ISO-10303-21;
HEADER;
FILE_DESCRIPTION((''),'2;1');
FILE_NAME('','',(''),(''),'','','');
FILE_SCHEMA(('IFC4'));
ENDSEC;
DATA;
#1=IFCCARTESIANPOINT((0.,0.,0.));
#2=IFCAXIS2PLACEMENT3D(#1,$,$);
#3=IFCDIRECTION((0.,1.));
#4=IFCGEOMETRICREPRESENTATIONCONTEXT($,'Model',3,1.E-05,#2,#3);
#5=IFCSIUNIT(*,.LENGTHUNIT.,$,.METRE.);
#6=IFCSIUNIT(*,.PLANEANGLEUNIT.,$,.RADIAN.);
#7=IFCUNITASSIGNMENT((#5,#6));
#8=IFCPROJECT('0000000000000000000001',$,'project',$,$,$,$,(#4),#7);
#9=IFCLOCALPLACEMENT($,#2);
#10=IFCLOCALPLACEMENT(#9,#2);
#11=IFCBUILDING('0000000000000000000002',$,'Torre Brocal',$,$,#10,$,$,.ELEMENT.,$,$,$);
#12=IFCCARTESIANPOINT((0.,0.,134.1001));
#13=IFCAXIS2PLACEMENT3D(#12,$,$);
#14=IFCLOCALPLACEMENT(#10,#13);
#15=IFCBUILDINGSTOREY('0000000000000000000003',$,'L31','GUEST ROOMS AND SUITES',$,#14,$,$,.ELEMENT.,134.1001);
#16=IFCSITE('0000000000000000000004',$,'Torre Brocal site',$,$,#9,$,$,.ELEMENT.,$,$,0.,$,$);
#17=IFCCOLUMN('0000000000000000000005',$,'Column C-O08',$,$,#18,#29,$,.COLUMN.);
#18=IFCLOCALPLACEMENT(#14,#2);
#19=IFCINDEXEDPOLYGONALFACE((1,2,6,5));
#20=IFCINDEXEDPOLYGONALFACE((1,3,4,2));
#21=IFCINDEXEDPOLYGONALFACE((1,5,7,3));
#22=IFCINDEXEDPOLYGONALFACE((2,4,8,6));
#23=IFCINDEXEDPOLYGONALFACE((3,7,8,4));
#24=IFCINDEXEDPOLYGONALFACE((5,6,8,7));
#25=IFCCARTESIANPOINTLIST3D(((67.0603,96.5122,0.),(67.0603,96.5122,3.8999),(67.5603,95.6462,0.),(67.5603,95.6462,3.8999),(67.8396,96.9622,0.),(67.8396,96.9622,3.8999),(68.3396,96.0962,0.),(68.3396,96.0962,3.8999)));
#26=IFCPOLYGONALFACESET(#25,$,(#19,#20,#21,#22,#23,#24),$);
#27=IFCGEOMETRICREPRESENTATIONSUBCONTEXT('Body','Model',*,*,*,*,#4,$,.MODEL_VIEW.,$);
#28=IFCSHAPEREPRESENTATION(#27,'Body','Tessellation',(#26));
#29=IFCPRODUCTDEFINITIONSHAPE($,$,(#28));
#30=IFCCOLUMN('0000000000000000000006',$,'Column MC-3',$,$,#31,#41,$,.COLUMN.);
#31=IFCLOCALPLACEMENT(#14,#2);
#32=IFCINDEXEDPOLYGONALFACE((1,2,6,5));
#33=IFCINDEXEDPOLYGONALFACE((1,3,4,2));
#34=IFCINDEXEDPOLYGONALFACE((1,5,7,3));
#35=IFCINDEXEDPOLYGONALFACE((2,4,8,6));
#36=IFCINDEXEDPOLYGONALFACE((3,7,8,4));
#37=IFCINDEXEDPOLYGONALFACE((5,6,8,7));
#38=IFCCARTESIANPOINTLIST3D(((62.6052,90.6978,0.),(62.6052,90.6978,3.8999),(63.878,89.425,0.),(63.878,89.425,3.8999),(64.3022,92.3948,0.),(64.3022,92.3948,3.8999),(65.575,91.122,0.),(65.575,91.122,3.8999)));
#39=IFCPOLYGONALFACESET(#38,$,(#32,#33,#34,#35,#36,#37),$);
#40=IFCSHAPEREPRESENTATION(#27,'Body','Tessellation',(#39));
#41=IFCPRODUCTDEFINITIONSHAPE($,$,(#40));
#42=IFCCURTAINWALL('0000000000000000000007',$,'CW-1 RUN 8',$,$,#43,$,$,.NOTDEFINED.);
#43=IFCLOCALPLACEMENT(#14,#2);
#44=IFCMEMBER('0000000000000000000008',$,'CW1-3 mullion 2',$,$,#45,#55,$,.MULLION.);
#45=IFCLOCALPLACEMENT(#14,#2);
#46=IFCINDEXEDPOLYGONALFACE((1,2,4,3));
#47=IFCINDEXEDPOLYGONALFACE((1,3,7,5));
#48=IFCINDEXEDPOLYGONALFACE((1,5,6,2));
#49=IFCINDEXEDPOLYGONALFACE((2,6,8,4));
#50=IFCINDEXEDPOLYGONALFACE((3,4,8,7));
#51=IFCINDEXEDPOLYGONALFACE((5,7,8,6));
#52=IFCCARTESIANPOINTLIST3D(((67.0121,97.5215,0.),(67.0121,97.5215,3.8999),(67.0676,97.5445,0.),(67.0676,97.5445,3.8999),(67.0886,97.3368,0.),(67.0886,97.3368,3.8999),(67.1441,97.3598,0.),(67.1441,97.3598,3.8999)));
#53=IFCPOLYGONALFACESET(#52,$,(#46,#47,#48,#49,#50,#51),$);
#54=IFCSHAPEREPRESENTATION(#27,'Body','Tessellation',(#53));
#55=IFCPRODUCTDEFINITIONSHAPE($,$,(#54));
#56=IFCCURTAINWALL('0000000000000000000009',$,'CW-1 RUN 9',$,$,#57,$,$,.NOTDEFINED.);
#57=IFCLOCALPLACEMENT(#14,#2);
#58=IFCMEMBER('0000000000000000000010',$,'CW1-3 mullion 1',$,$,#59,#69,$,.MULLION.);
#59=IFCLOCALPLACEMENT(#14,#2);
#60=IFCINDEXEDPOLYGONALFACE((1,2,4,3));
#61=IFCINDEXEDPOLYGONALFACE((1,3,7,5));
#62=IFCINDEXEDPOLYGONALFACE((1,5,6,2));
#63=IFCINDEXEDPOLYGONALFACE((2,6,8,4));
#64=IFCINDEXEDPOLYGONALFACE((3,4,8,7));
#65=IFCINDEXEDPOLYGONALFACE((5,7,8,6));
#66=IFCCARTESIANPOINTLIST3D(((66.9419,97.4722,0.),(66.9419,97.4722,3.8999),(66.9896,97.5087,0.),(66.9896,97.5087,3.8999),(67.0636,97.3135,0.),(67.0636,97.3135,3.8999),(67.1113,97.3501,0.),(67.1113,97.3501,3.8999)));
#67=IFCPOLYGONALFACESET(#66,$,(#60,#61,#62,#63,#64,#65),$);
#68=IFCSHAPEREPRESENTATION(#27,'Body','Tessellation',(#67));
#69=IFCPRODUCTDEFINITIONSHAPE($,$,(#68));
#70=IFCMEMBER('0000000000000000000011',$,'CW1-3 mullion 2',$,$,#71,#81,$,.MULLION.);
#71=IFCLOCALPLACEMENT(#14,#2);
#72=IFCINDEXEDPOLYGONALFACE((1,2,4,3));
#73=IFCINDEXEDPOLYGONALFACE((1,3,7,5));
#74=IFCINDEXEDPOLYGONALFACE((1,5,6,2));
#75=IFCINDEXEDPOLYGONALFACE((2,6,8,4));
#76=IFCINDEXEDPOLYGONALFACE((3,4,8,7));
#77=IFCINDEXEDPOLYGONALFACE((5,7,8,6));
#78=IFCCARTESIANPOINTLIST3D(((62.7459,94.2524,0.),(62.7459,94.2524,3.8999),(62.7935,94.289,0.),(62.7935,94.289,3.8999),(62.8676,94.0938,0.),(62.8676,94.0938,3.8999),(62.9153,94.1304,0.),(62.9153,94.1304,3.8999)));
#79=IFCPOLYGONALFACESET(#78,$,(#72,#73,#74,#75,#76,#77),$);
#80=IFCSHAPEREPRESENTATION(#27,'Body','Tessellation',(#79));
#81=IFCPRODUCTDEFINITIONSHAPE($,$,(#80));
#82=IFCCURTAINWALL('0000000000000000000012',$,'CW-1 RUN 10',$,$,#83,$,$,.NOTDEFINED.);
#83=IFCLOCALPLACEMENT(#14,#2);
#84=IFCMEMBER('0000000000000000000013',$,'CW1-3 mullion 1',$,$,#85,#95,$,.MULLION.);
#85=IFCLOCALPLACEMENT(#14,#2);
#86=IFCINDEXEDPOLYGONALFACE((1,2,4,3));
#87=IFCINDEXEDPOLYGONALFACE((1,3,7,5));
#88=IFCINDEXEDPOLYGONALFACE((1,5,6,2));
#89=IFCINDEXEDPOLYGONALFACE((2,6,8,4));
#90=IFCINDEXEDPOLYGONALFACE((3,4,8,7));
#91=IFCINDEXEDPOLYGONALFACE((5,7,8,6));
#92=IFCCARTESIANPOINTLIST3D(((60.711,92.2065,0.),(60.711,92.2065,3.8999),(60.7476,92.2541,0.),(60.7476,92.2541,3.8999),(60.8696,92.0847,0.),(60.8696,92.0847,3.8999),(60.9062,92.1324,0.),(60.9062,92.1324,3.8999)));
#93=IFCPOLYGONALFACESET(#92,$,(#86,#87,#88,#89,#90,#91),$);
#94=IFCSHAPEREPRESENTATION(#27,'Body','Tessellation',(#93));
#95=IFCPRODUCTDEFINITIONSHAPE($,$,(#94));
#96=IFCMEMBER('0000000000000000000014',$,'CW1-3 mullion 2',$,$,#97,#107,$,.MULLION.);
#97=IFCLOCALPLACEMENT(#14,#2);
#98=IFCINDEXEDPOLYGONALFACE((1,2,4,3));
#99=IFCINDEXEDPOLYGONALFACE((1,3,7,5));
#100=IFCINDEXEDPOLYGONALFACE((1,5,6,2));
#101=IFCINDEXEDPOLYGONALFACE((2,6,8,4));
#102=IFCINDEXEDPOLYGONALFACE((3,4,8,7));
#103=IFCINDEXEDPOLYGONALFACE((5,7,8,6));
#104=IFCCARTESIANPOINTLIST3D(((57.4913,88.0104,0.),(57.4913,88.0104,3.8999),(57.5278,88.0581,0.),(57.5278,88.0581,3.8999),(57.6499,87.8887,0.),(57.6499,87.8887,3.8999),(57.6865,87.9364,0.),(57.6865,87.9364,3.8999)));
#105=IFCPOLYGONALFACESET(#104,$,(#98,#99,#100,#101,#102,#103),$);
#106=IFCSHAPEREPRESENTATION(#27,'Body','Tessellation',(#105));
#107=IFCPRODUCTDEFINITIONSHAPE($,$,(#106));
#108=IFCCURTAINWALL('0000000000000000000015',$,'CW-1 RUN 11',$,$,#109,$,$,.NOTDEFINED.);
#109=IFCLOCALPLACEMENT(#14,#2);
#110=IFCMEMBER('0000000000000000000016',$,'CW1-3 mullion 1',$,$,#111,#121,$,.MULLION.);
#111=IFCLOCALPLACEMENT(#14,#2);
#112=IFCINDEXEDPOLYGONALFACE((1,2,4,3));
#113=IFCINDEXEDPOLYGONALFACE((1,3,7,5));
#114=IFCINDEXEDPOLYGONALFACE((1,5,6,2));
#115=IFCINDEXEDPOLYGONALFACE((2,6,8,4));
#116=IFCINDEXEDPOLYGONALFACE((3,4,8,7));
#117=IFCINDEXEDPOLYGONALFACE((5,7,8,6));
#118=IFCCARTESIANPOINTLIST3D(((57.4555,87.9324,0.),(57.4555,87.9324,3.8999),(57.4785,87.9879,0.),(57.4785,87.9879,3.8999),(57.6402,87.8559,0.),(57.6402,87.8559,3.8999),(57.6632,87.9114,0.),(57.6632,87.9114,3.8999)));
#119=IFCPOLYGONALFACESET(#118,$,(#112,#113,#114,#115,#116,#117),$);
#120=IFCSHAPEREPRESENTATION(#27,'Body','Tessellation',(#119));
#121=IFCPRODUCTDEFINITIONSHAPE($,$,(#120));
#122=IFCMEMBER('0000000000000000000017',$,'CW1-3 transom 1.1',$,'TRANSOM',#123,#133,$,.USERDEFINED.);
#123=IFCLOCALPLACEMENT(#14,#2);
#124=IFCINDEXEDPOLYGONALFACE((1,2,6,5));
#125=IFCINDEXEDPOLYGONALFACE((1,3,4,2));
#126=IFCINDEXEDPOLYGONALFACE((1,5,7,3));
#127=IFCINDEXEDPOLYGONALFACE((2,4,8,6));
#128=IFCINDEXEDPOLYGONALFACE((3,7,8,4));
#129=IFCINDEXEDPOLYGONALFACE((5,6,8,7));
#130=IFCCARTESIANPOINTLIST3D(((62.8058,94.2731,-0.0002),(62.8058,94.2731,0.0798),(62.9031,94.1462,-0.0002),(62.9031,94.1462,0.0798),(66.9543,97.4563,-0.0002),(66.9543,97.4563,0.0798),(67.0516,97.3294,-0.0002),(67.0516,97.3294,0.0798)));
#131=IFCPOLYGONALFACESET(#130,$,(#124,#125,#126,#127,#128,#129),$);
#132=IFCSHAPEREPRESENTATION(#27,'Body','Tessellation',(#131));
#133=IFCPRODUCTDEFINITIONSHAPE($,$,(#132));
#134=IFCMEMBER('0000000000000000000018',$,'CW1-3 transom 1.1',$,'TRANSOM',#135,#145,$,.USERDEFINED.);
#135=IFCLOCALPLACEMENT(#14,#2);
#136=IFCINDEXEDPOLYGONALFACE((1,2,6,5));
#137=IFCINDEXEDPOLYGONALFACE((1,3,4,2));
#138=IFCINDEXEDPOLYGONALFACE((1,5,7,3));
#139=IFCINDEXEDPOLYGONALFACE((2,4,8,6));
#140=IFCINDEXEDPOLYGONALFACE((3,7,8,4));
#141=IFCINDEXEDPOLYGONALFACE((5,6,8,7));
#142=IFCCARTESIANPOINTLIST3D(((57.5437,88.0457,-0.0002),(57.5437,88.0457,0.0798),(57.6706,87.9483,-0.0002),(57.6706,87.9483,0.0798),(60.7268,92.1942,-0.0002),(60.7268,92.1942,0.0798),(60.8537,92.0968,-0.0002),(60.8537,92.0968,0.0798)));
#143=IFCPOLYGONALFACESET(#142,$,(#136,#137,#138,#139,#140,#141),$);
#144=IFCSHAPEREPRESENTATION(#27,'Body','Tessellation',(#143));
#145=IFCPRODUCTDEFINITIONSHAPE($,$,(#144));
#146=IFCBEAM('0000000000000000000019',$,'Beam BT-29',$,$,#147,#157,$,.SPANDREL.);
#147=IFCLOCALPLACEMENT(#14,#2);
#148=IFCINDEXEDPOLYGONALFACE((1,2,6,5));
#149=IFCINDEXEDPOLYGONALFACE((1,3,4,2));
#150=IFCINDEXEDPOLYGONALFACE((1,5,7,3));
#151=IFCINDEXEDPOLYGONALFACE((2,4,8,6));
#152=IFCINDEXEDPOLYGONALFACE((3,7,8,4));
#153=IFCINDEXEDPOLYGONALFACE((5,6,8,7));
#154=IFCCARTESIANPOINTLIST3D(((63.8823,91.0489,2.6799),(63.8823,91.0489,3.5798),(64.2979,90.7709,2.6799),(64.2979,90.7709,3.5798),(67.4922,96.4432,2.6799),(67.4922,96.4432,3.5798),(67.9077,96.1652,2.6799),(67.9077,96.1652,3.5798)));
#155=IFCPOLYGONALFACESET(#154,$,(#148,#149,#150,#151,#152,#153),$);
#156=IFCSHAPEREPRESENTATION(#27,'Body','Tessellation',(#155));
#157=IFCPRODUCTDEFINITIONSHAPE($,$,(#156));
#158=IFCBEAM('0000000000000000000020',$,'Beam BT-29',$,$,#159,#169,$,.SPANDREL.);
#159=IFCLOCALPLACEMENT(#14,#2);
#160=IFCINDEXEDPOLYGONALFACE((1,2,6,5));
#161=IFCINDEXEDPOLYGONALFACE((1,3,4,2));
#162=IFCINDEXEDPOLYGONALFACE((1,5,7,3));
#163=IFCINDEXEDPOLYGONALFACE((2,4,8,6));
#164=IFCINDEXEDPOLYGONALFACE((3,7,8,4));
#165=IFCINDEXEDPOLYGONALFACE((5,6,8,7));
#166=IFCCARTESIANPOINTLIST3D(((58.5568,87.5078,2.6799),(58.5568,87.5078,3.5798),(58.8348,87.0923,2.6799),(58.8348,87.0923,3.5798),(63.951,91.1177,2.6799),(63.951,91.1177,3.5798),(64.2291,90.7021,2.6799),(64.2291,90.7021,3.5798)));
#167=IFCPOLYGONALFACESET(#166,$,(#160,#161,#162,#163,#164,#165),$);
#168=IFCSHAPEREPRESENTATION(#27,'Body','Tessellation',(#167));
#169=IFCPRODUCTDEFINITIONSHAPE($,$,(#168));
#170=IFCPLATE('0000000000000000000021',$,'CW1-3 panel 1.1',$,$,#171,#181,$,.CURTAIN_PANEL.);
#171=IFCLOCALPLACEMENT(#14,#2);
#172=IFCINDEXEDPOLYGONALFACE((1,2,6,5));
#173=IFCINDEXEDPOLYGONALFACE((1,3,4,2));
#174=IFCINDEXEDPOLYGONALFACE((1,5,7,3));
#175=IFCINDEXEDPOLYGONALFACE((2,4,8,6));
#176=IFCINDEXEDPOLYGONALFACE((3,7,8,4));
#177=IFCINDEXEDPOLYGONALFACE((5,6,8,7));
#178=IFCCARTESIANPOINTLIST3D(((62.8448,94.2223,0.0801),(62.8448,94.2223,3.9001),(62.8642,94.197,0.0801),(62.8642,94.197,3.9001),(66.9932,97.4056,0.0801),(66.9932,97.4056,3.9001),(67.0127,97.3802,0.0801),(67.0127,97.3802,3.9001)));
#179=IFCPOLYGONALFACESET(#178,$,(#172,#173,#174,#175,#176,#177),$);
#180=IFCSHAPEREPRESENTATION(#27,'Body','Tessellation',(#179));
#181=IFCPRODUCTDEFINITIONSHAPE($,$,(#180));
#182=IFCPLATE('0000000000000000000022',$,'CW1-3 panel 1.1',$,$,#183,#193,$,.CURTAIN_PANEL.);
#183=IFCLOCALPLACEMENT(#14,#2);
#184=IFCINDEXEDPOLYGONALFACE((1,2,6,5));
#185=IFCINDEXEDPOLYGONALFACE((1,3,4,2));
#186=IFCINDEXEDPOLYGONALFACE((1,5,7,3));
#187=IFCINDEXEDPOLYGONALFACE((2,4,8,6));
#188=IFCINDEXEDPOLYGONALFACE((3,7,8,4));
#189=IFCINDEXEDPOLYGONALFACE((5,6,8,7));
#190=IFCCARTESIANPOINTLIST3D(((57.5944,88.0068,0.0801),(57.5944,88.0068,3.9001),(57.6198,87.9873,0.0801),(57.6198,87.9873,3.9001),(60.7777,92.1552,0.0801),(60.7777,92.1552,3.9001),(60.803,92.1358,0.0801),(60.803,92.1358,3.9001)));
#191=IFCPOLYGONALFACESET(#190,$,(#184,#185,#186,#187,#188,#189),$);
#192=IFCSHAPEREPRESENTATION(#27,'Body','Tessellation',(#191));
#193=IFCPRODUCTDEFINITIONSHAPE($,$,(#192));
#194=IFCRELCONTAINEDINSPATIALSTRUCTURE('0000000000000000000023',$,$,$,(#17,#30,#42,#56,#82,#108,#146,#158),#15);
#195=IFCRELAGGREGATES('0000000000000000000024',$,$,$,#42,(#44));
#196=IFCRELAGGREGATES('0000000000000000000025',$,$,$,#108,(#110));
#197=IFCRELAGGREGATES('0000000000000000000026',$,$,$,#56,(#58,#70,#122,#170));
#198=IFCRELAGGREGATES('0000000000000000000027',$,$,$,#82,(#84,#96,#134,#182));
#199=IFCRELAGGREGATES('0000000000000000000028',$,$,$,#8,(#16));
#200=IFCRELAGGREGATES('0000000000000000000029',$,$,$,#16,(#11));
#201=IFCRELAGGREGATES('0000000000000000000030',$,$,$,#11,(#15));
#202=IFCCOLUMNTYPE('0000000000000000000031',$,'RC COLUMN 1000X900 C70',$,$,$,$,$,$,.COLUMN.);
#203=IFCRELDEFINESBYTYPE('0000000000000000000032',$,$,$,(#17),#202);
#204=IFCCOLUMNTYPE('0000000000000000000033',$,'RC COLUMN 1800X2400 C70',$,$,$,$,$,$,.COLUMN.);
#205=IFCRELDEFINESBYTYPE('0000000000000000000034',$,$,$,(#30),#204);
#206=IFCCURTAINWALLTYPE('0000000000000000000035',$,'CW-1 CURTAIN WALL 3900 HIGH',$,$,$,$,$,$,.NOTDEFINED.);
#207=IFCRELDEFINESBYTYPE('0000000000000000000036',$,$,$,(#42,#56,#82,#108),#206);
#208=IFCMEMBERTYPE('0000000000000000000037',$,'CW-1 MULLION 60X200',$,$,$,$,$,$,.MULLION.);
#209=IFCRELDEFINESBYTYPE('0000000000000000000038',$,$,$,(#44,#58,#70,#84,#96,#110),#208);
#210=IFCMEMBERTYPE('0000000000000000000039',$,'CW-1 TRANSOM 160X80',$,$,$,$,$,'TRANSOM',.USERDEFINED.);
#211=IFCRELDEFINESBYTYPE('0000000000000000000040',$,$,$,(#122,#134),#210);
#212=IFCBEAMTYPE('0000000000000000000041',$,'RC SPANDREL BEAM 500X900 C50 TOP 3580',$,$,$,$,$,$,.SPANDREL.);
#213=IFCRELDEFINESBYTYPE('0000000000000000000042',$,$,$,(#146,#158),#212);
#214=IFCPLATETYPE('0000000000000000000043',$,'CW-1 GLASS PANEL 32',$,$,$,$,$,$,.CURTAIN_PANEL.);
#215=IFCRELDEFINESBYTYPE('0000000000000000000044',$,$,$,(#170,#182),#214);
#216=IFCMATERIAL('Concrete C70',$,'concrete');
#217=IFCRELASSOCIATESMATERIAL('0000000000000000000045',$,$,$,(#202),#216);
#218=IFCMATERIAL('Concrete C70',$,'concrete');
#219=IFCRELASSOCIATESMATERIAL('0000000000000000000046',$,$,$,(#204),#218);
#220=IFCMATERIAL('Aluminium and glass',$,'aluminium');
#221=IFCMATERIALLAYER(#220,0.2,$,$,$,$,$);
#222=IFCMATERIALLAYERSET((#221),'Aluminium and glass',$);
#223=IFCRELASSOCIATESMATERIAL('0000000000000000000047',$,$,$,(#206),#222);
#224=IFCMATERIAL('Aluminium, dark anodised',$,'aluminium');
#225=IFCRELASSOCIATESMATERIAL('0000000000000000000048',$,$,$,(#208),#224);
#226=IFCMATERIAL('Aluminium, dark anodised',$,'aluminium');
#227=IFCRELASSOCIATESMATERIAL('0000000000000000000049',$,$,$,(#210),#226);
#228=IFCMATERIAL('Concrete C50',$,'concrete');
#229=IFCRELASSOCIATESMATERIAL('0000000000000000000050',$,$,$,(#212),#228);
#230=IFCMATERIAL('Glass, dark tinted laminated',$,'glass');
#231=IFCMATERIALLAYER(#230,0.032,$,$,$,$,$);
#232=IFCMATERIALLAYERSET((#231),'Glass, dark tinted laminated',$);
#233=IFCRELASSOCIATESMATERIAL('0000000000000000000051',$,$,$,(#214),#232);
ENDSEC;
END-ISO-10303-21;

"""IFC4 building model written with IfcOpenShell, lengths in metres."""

from ifc_helpers import new_model, si_unit, direction, frame, origin, origin_2d, place, context, subcontext, project, spatial, rectangle, extrude, material, layer, layer_set, material_profile, profile_set, type_object, element, aggregate, save


model = new_model("IFC4")

# Units and contexts
model_context = context("Model", 3, precision=1e-05, world=origin(), true_north=direction((0.0, 1.0)))
body_context = subcontext(model_context, "Body", "Model", "MODEL_VIEW")
ifc_project = project(units=[si_unit("LENGTHUNIT", "METRE"), si_unit("PLANEANGLEUNIT", "RADIAN")], contexts=[model_context])

# Site, building, storey
site_placement = place(None, origin())
site = spatial("IfcSite", under=ifc_project, at=site_placement, Name="Torre Brocal site", CompositionType="ELEMENT", RefElevation=0.0)
building_placement = place(site_placement, origin())
building = spatial("IfcBuilding", under=site, at=building_placement, Name="Torre Brocal", CompositionType="ELEMENT")
storey_placement = place(building_placement, frame((0.0, 0.0, 134.1001)))
storey = spatial("IfcBuildingStorey", under=building, at=storey_placement, Name="L31", Description="GUEST ROOMS AND SUITES", CompositionType="ELEMENT", Elevation=134.1001)

# Columns
ifc_material_1 = material(Name="Concrete C70", Category="concrete")
ifc_material_profile_1 = material_profile(ifc_material_1, rectangle(XDim=1.0, YDim=0.8999, at=origin_2d()), Name="RC 1000X900")
ifc_profile_set_1 = profile_set([ifc_material_profile_1], Name="Concrete C70")
column_type_1 = type_object("IfcColumnType", Name="RC COLUMN 1000X900 C70", PredefinedType="COLUMN", material=ifc_profile_set_1)
column_1_placement = place(storey_placement, frame((67.7, 96.3042, 0.0), z_axis=(0.0, 0.0, 1.0), x_axis=(-0.5, 0.866025, 0.0)))
element("IfcColumn", 1, at=column_1_placement, inside=storey, type_object=column_type_1, Name="Column C-O08", PredefinedType="COLUMN", context=body_context, shape_type="SweptSolid", body=[
    extrude(rectangle(XDim=1.0, YDim=0.8999, at=origin_2d()), origin(), (0.0, 0.0, 1.0), 3.8999),
])
ifc_material_2 = material(Name="Concrete C70", Category="concrete")
ifc_material_profile_2 = material_profile(ifc_material_2, rectangle(XDim=1.8, YDim=2.3999, at=origin_2d()), Name="RC 1800X2400")
ifc_profile_set_2 = profile_set([ifc_material_profile_2], Name="Concrete C70")
column_type_2 = type_object("IfcColumnType", Name="RC COLUMN 1800X2400 C70", PredefinedType="COLUMN", material=ifc_profile_set_2)
column_2_placement = place(storey_placement, frame((64.0901, 90.9099, 0.0), z_axis=(0.0, 0.0, 1.0), x_axis=(-0.707107, 0.707107, 0.0)))
element("IfcColumn", 2, at=column_2_placement, inside=storey, type_object=column_type_2, Name="Column MC-3", PredefinedType="COLUMN", context=body_context, shape_type="SweptSolid", body=[
    extrude(rectangle(XDim=1.8, YDim=2.3999, at=origin_2d()), origin(), (0.0, 0.0, 1.0), 3.8999),
])

# Curtain wall, member
ifc_material_3 = material(Name="Aluminium and glass", Category="aluminium")
ifc_layer_1 = layer(ifc_material_3, 0.2)
ifc_layer_set_1 = layer_set([ifc_layer_1], Name="Aluminium and glass")
curtain_wall_type = type_object("IfcCurtainWallType", Name="CW-1 CURTAIN WALL 3900 HIGH", PredefinedType="NOTDEFINED", material=ifc_layer_set_1)
curtain_wall_1_placement = place(storey_placement, origin())
curtain_wall_1 = element("IfcCurtainWall", 3, at=curtain_wall_1_placement, inside=storey, type_object=curtain_wall_type, Name="CW-1 RUN 8", PredefinedType="NOTDEFINED")
ifc_material_4 = material(Name="Aluminium, dark anodised", Category="aluminium")
ifc_material_profile_3 = material_profile(ifc_material_4, rectangle(XDim=0.2, YDim=0.0601, at=origin_2d()), Name="CW-1 MULLION 60X200")
ifc_profile_set_3 = profile_set([ifc_material_profile_3], Name="Aluminium, dark anodised")
member_type_1 = type_object("IfcMemberType", Name="CW-1 MULLION 60X200", PredefinedType="MULLION", material=ifc_profile_set_3)
member_1_placement = place(storey_placement, frame((67.0781, 97.4407, 0.0), z_axis=(0.0, 0.0, 1.0), x_axis=(0.382683, -0.92388, 0.0)))
member_1 = element("IfcMember", 4, at=member_1_placement, type_object=member_type_1, Name="CW1-3 mullion 2", PredefinedType="MULLION", context=body_context, shape_type="SweptSolid", body=[
    extrude(rectangle(XDim=0.2, YDim=0.0601, at=origin_2d()), origin(), (0.0, 0.0, 1.0), 3.8999),
])
aggregate(curtain_wall_1, [member_1])

# Curtain walls, members
curtain_wall_2_placement = place(storey_placement, origin())
curtain_wall_2 = element("IfcCurtainWall", 5, at=curtain_wall_2_placement, inside=storey, type_object=curtain_wall_type, Name="CW-1 RUN 9", PredefinedType="NOTDEFINED")
member_2_placement = place(storey_placement, frame((67.0266, 97.4111, 0.0), z_axis=(0.0, 0.0, 1.0), x_axis=(0.608761, -0.793353, 0.0)))
member_2 = element("IfcMember", 6, at=member_2_placement, type_object=member_type_1, Name="CW1-3 mullion 1", PredefinedType="MULLION", context=body_context, shape_type="SweptSolid", body=[
    extrude(rectangle(XDim=0.2, YDim=0.0601, at=origin_2d()), origin(), (0.0, 0.0, 1.0), 3.8999),
])
member_3_placement = place(storey_placement, frame((62.8306, 94.1914, 0.0), z_axis=(0.0, 0.0, 1.0), x_axis=(0.608761, -0.793353, 0.0)))
member_3 = element("IfcMember", 7, at=member_3_placement, type_object=member_type_1, Name="CW1-3 mullion 2", PredefinedType="MULLION", context=body_context, shape_type="SweptSolid", body=[
    extrude(rectangle(XDim=0.2, YDim=0.0601, at=origin_2d()), origin(), (0.0, 0.0, 1.0), 3.8999),
])
curtain_wall_3_placement = place(storey_placement, origin())
curtain_wall_3 = element("IfcCurtainWall", 8, at=curtain_wall_3_placement, inside=storey, type_object=curtain_wall_type, Name="CW-1 RUN 10", PredefinedType="NOTDEFINED")
member_4_placement = place(storey_placement, frame((60.8086, 92.1694, 0.0), z_axis=(0.0, 0.0, 1.0), x_axis=(0.793353, -0.608761, 0.0)))
member_4 = element("IfcMember", 9, at=member_4_placement, type_object=member_type_1, Name="CW1-3 mullion 1", PredefinedType="MULLION", context=body_context, shape_type="SweptSolid", body=[
    extrude(rectangle(XDim=0.2, YDim=0.0601, at=origin_2d()), origin(), (0.0, 0.0, 1.0), 3.8999),
])
member_5_placement = place(storey_placement, frame((57.5889, 87.9734, 0.0), z_axis=(0.0, 0.0, 1.0), x_axis=(0.793353, -0.608761, 0.0)))
member_5 = element("IfcMember", 10, at=member_5_placement, type_object=member_type_1, Name="CW1-3 mullion 2", PredefinedType="MULLION", context=body_context, shape_type="SweptSolid", body=[
    extrude(rectangle(XDim=0.2, YDim=0.0601, at=origin_2d()), origin(), (0.0, 0.0, 1.0), 3.8999),
])

# Curtain wall, member
curtain_wall_4_placement = place(storey_placement, origin())
curtain_wall_4 = element("IfcCurtainWall", 11, at=curtain_wall_4_placement, inside=storey, type_object=curtain_wall_type, Name="CW-1 RUN 11", PredefinedType="NOTDEFINED")
member_6_placement = place(storey_placement, frame((57.5593, 87.9219, 0.0), z_axis=(0.0, 0.0, 1.0), x_axis=(0.92388, -0.382683, 0.0)))
member_6 = element("IfcMember", 12, at=member_6_placement, type_object=member_type_1, Name="CW1-3 mullion 1", PredefinedType="MULLION", context=body_context, shape_type="SweptSolid", body=[
    extrude(rectangle(XDim=0.2, YDim=0.0601, at=origin_2d()), origin(), (0.0, 0.0, 1.0), 3.8999),
])
aggregate(curtain_wall_4, [member_6])

# Members
ifc_material_5 = material(Name="Aluminium, dark anodised", Category="aluminium")
ifc_material_profile_4 = material_profile(ifc_material_5, rectangle(XDim=0.1599, YDim=0.0801, at=origin_2d()), Name="CW-1 TRANSOM 160X80")
ifc_profile_set_4 = profile_set([ifc_material_profile_4], Name="Aluminium, dark anodised")
member_type_2 = type_object("IfcMemberType", Name="CW-1 TRANSOM 160X80", ElementType="TRANSOM", PredefinedType="USERDEFINED", material=ifc_profile_set_4)
member_7_placement = place(storey_placement, frame((67.0029, 97.3928, 0.0398), z_axis=(-0.793363, -0.608749, 0.0), x_axis=(0.608749, -0.793363, 0.0)))
member_7 = element("IfcMember", 13, at=member_7_placement, type_object=member_type_2, Name="CW1-3 transom 1.1", ObjectType="TRANSOM", PredefinedType="USERDEFINED", context=body_context, shape_type="SweptSolid", body=[
    extrude(rectangle(XDim=0.1599, YDim=0.0801, at=origin_2d()), origin(), (0.0, 0.0, 1.0), 5.229),
])
member_8_placement = place(storey_placement, frame((60.7903, 92.1455, 0.0398), z_axis=(-0.608749, -0.793363, 0.0), x_axis=(0.793363, -0.608749, 0.0)))
member_8 = element("IfcMember", 14, at=member_8_placement, type_object=member_type_2, Name="CW1-3 transom 1.1", ObjectType="TRANSOM", PredefinedType="USERDEFINED", context=body_context, shape_type="SweptSolid", body=[
    extrude(rectangle(XDim=0.1599, YDim=0.0801, at=origin_2d()), origin(), (0.0, 0.0, 1.0), 5.229),
])

# Beams
ifc_material_6 = material(Name="Concrete C50", Category="concrete")
ifc_material_profile_5 = material_profile(ifc_material_6, rectangle(XDim=0.5, YDim=0.8999, at=origin_2d()), Name="RC 500X900")
ifc_profile_set_5 = profile_set([ifc_material_profile_5], Name="Concrete C50")
beam_type = type_object("IfcBeamType", Name="RC SPANDREL BEAM 500X900 C50 TOP 3580", PredefinedType="SPANDREL", material=ifc_profile_set_5)
for number, where, z_axis, x_axis, name in (
    (15, (67.7, 96.3042, 3.1299), (-0.556158, -0.831077, 0.0), (0.831077, -0.556158, 0.0), "Beam BT-29"),
    (16, (64.0901, 90.9099, 3.1299), (-0.831077, -0.556158, 0.0), (0.556158, -0.831077, 0.0), "Beam BT-29"),
):
    element("IfcBeam", number, at=place(storey_placement, frame(where, z_axis=z_axis, x_axis=x_axis)), inside=storey, type_object=beam_type, Name=name, PredefinedType="SPANDREL", context=body_context, shape_type="SweptSolid", body=[
        extrude(rectangle(XDim=0.5, YDim=0.8999, at=origin_2d()), origin(), (0.0, 0.0, 1.0), 6.4907),
    ])

# Plates
ifc_material_7 = material(Name="Glass, dark tinted laminated", Category="glass")
ifc_layer_2 = layer(ifc_material_7, 0.032)
ifc_layer_set_2 = layer_set([ifc_layer_2], Name="Glass, dark tinted laminated")
plate_type = type_object("IfcPlateType", Name="CW-1 GLASS PANEL 32", PredefinedType="CURTAIN_PANEL", material=ifc_layer_set_2)
plate_1_placement = place(storey_placement, frame((64.9287, 95.8013, 0.0801), z_axis=(0.0, 0.0, 1.0), x_axis=(-0.793353, -0.608761, 0.0)))
plate_1 = element("IfcPlate", 17, at=plate_1_placement, type_object=plate_type, Name="CW1-3 panel 1.1", PredefinedType="CURTAIN_PANEL", context=body_context, shape_type="SweptSolid", body=[
    extrude(rectangle(XDim=5.229, YDim=0.032, at=origin_2d()), origin(), (0.0, 0.0, 1.0), 3.8201),
])
aggregate(curtain_wall_2, [member_2, member_3, member_7, plate_1])
plate_2_placement = place(storey_placement, frame((59.1987, 90.0713, 0.0801), z_axis=(0.0, 0.0, 1.0), x_axis=(-0.608761, -0.793353, 0.0)))
plate_2 = element("IfcPlate", 18, at=plate_2_placement, type_object=plate_type, Name="CW1-3 panel 1.1", PredefinedType="CURTAIN_PANEL", context=body_context, shape_type="SweptSolid", body=[
    extrude(rectangle(XDim=5.229, YDim=0.032, at=origin_2d()), origin(), (0.0, 0.0, 1.0), 3.8201),
])
aggregate(curtain_wall_3, [member_4, member_5, member_8, plate_2])

save(model, "model.ifc")
